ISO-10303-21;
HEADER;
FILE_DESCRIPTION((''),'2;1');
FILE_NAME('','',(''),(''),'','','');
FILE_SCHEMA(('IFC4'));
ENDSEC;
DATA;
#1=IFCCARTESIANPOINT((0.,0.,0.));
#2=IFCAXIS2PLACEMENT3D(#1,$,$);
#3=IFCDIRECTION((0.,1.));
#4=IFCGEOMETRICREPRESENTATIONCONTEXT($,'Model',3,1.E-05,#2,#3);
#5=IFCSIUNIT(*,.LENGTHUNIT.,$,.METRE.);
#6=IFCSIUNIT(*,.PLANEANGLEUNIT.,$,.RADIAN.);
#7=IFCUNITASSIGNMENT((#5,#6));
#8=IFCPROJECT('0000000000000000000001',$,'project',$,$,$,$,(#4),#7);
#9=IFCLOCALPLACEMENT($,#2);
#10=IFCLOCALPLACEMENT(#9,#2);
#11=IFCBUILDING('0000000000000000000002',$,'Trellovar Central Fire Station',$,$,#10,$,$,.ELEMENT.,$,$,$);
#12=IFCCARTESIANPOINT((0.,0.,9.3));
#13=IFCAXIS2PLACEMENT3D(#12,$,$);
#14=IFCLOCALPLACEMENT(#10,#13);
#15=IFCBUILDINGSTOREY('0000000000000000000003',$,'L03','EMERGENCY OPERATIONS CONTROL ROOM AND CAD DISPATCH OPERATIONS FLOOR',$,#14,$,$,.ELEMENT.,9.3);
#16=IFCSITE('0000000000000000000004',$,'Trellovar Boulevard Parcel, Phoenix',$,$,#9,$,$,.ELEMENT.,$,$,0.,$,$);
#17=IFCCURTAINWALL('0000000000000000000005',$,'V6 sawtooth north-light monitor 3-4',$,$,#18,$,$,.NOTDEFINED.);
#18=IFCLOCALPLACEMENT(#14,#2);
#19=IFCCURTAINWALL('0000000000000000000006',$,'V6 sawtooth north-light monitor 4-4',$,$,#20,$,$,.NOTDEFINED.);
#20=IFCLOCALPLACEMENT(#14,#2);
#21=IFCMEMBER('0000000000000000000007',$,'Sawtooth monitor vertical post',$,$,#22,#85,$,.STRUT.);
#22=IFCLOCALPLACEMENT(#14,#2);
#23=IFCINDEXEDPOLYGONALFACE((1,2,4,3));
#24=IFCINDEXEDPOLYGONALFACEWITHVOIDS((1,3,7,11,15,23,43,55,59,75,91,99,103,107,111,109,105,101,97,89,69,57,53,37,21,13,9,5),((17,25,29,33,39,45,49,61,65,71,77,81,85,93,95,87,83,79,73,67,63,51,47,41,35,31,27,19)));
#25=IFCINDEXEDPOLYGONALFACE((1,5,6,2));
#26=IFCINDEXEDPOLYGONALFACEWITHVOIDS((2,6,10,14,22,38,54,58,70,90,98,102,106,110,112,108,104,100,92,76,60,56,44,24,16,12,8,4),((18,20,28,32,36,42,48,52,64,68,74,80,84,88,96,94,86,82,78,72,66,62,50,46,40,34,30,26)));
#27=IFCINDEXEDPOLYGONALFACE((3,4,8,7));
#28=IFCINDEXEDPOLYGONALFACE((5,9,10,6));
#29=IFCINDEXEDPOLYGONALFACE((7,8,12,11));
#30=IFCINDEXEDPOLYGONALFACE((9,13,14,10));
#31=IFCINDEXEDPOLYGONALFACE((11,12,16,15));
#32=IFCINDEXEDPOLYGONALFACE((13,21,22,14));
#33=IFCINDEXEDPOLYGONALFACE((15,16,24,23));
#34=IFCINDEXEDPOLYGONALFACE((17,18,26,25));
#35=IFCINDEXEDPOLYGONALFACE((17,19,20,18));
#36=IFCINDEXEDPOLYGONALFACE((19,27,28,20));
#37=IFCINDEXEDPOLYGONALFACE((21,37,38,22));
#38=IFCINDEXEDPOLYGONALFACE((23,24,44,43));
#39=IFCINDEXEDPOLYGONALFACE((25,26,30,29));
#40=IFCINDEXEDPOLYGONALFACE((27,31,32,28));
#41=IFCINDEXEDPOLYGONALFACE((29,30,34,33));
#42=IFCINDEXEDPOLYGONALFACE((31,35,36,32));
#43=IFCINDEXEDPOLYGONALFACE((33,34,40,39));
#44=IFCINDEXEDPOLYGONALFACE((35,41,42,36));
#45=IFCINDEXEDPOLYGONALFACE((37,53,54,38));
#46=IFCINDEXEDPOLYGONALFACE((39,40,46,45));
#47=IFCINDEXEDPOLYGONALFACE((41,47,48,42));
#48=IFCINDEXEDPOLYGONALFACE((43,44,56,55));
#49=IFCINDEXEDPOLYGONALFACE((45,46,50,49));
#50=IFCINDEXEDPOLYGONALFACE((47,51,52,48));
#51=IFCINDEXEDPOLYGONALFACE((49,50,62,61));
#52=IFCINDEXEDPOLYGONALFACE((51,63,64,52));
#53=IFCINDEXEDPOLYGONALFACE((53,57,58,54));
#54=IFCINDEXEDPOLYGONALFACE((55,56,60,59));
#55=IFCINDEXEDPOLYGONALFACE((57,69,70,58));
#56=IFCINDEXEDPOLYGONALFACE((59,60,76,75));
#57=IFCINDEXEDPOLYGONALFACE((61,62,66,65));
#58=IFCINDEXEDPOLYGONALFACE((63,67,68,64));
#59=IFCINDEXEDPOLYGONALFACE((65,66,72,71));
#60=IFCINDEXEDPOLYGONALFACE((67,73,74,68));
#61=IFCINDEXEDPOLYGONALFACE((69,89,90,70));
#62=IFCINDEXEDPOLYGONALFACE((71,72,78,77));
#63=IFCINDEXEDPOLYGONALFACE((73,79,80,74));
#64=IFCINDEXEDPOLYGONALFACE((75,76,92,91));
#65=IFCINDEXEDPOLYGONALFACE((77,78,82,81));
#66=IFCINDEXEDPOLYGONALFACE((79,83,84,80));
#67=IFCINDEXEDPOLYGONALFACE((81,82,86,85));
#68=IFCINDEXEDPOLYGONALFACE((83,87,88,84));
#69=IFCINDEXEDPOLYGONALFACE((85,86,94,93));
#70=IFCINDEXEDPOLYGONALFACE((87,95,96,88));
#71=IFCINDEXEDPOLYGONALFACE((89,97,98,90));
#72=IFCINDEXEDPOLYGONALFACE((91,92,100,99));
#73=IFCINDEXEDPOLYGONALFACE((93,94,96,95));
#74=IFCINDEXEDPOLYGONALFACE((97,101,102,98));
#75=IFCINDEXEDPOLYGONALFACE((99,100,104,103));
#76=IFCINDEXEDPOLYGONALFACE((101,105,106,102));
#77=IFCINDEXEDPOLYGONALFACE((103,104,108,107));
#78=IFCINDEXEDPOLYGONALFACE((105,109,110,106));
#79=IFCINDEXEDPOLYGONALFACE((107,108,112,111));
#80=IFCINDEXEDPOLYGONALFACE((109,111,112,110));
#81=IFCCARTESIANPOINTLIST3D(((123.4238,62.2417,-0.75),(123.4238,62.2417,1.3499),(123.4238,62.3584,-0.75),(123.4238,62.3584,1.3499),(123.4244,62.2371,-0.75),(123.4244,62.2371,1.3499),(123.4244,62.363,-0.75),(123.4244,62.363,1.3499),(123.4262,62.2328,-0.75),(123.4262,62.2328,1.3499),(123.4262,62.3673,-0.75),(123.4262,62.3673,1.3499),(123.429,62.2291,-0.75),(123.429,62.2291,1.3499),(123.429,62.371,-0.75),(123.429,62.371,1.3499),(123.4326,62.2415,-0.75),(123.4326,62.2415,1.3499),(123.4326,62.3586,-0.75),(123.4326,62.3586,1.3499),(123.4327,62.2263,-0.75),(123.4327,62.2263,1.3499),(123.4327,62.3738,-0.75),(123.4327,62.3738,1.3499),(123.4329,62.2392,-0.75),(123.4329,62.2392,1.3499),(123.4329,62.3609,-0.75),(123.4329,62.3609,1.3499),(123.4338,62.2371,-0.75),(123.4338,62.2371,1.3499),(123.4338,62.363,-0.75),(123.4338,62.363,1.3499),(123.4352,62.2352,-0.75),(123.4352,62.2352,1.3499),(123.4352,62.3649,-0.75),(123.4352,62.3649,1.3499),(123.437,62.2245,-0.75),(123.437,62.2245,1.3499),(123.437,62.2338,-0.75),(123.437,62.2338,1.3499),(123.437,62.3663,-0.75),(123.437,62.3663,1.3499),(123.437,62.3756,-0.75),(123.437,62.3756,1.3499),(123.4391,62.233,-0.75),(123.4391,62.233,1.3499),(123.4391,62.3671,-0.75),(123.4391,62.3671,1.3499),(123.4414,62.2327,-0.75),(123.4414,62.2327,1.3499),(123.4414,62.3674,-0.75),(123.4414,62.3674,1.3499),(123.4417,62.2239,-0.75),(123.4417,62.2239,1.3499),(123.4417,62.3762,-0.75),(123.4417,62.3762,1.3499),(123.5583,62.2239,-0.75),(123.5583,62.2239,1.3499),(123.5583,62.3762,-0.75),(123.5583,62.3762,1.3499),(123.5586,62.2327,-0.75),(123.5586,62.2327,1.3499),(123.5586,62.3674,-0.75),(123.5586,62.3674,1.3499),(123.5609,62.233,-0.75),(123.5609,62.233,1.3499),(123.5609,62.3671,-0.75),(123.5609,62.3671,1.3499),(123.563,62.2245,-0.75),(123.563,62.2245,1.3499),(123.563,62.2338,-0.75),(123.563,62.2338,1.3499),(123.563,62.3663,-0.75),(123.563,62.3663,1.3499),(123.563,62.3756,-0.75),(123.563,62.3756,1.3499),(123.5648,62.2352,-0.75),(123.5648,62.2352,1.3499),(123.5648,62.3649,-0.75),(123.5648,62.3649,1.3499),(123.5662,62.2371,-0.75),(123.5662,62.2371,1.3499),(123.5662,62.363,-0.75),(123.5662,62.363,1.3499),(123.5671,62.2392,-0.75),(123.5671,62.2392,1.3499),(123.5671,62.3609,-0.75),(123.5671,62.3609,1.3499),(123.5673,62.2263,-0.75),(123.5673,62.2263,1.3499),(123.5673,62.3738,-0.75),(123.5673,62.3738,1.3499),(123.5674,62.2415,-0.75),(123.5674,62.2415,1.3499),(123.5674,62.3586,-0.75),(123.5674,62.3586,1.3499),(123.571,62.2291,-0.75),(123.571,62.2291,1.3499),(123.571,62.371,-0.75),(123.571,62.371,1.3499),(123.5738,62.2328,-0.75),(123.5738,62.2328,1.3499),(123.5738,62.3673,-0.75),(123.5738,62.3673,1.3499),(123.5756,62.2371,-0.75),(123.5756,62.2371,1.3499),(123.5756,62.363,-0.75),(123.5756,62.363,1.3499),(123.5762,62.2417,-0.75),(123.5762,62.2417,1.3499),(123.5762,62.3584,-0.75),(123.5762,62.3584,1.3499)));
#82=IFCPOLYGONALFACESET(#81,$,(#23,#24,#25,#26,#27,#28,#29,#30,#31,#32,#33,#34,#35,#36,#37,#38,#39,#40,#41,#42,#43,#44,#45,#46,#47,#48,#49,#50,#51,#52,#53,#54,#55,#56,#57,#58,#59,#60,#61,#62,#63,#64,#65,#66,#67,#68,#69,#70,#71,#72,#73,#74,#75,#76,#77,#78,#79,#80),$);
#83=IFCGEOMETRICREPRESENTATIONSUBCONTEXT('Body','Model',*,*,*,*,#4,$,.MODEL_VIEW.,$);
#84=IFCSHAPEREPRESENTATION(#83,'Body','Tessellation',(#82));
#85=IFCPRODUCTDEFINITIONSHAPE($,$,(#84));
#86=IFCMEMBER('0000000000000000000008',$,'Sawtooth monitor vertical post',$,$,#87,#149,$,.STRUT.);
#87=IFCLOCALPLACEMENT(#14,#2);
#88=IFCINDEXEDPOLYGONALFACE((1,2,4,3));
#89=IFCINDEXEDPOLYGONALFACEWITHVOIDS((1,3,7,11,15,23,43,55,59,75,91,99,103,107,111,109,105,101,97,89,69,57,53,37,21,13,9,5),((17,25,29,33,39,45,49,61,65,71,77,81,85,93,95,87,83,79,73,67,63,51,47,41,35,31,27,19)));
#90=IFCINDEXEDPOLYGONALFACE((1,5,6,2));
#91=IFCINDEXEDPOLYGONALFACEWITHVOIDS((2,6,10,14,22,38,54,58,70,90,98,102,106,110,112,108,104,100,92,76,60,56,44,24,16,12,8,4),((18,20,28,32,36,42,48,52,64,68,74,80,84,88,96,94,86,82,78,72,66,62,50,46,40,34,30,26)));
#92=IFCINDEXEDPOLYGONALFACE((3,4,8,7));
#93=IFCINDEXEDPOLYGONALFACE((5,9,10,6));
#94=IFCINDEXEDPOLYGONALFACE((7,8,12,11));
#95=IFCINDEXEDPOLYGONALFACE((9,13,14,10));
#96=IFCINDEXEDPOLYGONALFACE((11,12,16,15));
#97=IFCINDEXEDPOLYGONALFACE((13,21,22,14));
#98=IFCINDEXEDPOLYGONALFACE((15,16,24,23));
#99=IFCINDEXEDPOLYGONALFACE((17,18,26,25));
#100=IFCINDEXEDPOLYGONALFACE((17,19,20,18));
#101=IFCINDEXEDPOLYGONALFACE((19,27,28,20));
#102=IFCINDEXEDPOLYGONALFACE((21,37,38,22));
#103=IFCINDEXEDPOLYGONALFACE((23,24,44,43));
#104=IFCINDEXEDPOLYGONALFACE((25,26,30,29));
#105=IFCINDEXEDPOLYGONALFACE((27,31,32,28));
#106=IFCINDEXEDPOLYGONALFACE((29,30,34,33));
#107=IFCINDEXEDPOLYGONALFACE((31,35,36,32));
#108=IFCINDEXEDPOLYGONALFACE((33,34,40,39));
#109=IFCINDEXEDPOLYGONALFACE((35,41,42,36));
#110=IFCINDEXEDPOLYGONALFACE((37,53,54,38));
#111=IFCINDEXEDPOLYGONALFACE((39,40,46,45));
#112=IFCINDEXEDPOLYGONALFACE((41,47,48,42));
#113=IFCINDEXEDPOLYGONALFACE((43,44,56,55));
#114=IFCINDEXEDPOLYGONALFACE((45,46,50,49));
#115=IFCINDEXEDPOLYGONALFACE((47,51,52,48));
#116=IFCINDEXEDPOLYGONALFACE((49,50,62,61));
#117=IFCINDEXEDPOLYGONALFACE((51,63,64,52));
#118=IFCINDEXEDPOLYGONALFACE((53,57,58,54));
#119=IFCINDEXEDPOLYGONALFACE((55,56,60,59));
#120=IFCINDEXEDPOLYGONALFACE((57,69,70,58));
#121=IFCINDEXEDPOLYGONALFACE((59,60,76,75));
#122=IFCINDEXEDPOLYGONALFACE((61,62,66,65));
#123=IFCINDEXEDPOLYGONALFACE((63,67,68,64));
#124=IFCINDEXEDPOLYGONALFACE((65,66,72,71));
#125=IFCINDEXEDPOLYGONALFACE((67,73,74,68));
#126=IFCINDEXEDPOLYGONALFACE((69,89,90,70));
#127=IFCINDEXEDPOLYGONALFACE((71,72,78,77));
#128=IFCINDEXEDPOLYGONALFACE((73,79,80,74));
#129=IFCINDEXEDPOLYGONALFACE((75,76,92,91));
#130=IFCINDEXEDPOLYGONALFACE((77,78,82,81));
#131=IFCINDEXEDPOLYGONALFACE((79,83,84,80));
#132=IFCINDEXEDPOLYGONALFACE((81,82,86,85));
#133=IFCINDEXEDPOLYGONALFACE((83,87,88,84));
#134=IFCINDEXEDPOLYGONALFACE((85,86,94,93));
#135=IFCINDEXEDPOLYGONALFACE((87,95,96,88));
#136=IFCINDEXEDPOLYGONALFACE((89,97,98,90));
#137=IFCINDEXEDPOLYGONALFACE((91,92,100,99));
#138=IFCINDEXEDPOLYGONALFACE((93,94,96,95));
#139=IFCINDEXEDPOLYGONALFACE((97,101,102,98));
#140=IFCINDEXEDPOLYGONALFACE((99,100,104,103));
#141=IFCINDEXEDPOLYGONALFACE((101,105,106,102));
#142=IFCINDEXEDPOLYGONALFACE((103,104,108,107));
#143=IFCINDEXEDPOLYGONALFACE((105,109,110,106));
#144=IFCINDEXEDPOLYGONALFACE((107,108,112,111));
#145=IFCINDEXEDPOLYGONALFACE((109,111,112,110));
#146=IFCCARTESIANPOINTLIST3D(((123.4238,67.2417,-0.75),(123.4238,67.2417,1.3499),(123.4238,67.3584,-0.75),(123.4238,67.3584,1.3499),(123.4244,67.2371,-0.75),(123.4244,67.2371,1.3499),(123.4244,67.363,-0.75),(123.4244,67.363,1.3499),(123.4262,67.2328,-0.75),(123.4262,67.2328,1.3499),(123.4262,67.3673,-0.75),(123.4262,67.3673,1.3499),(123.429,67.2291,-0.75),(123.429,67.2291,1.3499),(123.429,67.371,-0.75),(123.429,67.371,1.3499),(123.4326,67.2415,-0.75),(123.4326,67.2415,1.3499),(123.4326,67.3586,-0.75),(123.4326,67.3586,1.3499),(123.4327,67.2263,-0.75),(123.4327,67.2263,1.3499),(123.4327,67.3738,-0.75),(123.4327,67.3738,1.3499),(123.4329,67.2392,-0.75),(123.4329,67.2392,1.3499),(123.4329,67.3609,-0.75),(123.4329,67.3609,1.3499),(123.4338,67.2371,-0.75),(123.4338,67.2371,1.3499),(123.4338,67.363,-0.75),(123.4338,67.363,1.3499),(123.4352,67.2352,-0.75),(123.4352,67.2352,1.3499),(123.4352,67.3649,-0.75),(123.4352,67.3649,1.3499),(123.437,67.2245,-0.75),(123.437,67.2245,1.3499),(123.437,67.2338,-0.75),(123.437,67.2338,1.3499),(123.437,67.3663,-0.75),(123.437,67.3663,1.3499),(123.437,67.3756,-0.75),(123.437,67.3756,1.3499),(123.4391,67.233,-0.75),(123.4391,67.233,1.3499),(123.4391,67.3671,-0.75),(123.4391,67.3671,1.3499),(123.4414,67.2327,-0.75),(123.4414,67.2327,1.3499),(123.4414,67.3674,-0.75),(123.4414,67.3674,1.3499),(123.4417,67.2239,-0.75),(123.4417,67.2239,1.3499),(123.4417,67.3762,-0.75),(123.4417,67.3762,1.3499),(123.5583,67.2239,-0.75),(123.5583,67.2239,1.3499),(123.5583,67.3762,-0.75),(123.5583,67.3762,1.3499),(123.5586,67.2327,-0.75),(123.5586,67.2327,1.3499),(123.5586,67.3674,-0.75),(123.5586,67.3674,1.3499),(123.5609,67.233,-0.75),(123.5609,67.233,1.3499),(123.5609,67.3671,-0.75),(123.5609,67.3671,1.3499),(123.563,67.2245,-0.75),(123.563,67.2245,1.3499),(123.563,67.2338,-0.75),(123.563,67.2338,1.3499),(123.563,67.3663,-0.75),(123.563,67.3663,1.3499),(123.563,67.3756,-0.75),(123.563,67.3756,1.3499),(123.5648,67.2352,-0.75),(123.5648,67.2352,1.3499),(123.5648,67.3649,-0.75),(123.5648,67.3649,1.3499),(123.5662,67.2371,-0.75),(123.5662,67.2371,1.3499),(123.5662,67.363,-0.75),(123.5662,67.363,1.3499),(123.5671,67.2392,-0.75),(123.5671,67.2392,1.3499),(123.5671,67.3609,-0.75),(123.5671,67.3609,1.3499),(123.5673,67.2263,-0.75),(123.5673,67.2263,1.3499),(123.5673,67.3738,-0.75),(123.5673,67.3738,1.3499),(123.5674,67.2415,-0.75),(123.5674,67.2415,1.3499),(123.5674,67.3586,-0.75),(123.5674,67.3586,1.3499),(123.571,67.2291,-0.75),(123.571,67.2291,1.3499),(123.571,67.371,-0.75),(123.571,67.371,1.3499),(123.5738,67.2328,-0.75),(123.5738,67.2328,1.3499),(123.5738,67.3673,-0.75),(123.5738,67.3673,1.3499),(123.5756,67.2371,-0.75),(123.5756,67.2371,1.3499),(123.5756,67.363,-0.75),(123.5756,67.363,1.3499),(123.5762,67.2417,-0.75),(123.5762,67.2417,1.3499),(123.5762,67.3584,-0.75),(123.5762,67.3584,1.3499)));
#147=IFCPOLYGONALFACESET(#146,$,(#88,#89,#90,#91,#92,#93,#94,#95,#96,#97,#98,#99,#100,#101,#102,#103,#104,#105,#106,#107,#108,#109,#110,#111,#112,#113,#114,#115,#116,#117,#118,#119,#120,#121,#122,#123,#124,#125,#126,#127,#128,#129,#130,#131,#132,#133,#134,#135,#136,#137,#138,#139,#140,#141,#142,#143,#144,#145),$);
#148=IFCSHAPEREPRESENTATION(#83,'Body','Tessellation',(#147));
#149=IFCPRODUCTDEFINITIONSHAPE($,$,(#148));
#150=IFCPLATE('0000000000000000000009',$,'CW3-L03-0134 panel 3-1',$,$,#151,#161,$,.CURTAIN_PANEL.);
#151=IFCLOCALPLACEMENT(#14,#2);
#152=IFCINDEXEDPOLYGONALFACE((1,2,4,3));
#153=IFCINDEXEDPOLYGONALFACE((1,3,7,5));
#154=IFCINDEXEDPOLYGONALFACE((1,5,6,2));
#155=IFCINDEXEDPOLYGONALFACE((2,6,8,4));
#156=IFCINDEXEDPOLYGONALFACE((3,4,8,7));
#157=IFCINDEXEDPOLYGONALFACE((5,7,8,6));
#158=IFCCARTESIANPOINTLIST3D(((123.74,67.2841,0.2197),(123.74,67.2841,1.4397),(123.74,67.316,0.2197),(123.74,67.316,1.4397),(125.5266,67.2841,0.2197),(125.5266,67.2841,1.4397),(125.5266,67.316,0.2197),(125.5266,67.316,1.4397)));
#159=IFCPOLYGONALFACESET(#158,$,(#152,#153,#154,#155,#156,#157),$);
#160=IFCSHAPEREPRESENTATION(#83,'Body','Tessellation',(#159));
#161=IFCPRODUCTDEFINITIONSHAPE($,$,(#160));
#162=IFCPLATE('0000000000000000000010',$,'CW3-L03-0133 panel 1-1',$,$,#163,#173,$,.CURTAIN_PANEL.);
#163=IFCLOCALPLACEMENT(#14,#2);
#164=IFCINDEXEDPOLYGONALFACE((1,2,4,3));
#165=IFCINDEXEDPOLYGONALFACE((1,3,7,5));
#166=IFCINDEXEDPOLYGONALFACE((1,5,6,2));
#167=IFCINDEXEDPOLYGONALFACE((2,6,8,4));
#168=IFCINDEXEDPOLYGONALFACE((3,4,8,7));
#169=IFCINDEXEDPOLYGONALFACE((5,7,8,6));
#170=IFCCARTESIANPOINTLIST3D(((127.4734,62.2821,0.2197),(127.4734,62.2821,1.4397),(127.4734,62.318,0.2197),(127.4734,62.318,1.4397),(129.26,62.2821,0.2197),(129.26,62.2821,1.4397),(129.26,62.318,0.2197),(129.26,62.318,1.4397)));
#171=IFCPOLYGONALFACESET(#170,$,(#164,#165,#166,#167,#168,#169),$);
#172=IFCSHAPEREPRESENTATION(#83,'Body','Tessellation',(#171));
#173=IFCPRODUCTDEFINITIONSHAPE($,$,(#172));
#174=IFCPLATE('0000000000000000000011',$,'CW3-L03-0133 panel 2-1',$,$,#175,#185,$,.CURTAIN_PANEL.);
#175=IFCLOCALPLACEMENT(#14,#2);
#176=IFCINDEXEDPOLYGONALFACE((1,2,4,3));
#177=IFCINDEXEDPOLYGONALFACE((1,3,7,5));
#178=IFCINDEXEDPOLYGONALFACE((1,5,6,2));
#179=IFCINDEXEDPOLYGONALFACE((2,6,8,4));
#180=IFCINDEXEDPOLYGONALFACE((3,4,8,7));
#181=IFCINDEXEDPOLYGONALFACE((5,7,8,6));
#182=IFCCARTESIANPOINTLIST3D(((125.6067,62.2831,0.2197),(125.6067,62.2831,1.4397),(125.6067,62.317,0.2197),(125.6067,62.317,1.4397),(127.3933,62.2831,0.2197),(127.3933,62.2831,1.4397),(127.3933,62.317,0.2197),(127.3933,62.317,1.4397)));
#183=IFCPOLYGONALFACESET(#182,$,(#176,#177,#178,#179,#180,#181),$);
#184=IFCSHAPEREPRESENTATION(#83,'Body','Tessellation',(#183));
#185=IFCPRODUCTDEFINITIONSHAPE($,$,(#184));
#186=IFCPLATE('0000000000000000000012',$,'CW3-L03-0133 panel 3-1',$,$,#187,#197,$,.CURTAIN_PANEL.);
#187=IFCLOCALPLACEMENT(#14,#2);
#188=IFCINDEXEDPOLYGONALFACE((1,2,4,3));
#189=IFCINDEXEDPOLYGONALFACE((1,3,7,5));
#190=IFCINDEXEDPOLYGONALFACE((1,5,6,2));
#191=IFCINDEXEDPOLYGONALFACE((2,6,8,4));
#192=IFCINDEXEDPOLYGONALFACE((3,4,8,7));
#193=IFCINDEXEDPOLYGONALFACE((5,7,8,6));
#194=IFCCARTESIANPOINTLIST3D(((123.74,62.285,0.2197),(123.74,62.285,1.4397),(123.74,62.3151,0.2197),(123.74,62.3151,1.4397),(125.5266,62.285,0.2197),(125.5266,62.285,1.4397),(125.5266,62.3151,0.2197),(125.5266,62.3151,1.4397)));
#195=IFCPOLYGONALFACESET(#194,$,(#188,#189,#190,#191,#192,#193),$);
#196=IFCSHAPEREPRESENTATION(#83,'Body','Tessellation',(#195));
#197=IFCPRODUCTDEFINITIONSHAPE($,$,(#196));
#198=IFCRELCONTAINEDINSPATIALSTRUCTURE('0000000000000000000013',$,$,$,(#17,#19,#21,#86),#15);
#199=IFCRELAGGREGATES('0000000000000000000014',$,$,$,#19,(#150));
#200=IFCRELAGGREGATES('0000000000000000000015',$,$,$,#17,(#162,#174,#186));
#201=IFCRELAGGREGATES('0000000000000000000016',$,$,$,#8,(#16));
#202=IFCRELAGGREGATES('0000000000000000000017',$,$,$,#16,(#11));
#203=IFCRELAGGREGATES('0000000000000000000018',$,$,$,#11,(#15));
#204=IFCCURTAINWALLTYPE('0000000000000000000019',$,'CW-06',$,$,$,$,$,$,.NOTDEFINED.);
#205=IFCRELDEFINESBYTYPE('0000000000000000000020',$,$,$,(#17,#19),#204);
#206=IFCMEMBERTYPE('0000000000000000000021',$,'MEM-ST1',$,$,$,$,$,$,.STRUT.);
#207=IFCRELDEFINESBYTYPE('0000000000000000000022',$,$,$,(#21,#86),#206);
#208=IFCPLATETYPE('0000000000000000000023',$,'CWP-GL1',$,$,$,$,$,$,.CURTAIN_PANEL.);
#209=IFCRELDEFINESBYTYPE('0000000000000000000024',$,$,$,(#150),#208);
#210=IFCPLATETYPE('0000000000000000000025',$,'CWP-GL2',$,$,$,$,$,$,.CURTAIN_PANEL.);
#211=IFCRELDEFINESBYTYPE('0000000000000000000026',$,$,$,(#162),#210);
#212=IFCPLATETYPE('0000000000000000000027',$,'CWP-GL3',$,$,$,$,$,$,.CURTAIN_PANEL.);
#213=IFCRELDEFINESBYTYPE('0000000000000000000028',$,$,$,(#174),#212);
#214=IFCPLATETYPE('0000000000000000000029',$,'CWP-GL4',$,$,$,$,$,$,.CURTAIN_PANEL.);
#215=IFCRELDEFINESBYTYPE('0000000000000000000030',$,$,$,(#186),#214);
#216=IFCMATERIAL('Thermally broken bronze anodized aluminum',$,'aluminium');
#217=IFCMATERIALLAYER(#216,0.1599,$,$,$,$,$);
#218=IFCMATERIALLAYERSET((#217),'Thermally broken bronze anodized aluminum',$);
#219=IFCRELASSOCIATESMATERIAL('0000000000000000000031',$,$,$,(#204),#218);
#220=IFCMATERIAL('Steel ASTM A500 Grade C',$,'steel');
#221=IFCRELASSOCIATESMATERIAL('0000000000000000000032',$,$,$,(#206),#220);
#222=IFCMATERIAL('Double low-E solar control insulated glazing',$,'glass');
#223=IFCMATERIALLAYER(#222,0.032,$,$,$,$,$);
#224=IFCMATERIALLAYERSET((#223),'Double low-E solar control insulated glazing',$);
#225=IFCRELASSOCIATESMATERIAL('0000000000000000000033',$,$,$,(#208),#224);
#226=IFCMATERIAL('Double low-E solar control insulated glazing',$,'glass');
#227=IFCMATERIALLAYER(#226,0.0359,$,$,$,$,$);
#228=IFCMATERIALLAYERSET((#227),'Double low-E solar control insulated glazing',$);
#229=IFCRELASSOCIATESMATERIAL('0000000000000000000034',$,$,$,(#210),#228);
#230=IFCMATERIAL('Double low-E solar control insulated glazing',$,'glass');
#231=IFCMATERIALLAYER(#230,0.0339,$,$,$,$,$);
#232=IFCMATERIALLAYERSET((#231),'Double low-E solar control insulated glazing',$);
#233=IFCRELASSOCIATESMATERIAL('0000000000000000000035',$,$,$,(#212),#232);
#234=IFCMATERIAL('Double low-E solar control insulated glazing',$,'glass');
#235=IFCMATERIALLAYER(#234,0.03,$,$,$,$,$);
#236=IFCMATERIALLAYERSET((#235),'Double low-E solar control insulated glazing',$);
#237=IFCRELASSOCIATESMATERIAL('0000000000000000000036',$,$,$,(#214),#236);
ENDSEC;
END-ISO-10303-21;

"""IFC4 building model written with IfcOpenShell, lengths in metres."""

from ifc_helpers import new_model, si_unit, direction, frame, origin, origin_2d, place, context, subcontext, project, spatial, rectangle, hollow_rectangle, extrude, material, layer, layer_set, material_profile, profile_set, type_object, element, aggregate, save


model = new_model("IFC4")

# Units and contexts
model_context = context("Model", 3, precision=1e-05, world=origin(), true_north=direction((0.0, 1.0)))
body_context = subcontext(model_context, "Body", "Model", "MODEL_VIEW")
ifc_project = project(units=[si_unit("LENGTHUNIT", "METRE"), si_unit("PLANEANGLEUNIT", "RADIAN")], contexts=[model_context])

# Site, building, storey
site_placement = place(None, origin())
site = spatial("IfcSite", under=ifc_project, at=site_placement, Name="Trellovar Boulevard Parcel, Phoenix", CompositionType="ELEMENT", RefElevation=0.0)
building_placement = place(site_placement, origin())
building = spatial("IfcBuilding", under=site, at=building_placement, Name="Trellovar Central Fire Station", CompositionType="ELEMENT")
storey_placement = place(building_placement, frame((0.0, 0.0, 9.3)))
storey = spatial("IfcBuildingStorey", under=building, at=storey_placement, Name="L03", Description="EMERGENCY OPERATIONS CONTROL ROOM AND CAD DISPATCH OPERATIONS FLOOR", CompositionType="ELEMENT", Elevation=9.3)

# Curtain walls
ifc_material_1 = material(Name="Thermally broken bronze anodized aluminum", Category="aluminium")
ifc_layer_1 = layer(ifc_material_1, 0.1599)
ifc_layer_set_1 = layer_set([ifc_layer_1], Name="Thermally broken bronze anodized aluminum")
curtain_wall_type = type_object("IfcCurtainWallType", Name="CW-06", PredefinedType="NOTDEFINED", material=ifc_layer_set_1)
curtain_wall_1_placement = place(storey_placement, origin())
curtain_wall_1 = element("IfcCurtainWall", 1, at=curtain_wall_1_placement, inside=storey, type_object=curtain_wall_type, Name="V6 sawtooth north-light monitor 3-4", PredefinedType="NOTDEFINED")
curtain_wall_2_placement = place(storey_placement, origin())
curtain_wall_2 = element("IfcCurtainWall", 2, at=curtain_wall_2_placement, inside=storey, type_object=curtain_wall_type, Name="V6 sawtooth north-light monitor 4-4", PredefinedType="NOTDEFINED")

# Members
ifc_material_2 = material(Name="Steel ASTM A500 Grade C", Category="steel")
ifc_material_profile_1 = material_profile(ifc_material_2, hollow_rectangle(XDim=0.1523, YDim=0.1523, WallThickness=0.0088, InnerFilletRadius=0.0088, OuterFilletRadius=0.0178, at=origin_2d()), Name="HSS6X6X3/8")
ifc_profile_set_1 = profile_set([ifc_material_profile_1], Name="Steel ASTM A500 Grade C")
member_type_1 = type_object("IfcMemberType", Name="MEM-ST1", PredefinedType="STRUT", material=ifc_profile_set_1)
for number, where, z_axis, x_axis, name in (
    (3, (123.5, 62.3, -0.75), (0.0, 0.0, 1.0), (1.0, 0.0, 0.0), "Sawtooth monitor vertical post"),
    (4, (123.5, 67.3, -0.75), (0.0, 0.0, 1.0), (1.0, 0.0, 0.0), "Sawtooth monitor vertical post"),
):
    element("IfcMember", number, at=place(storey_placement, frame(where, z_axis=z_axis, x_axis=x_axis)), inside=storey, type_object=member_type_1, Name=name, PredefinedType="STRUT", context=body_context, shape_type="SweptSolid", body=[
        extrude(hollow_rectangle(XDim=0.1523, YDim=0.1523, WallThickness=0.0088, InnerFilletRadius=0.0088, OuterFilletRadius=0.0178, at=origin_2d()), origin(), (0.0, 0.0, 1.0), 2.0999),
    ])

# Plates
ifc_material_3 = material(Name="Double low-E solar control insulated glazing", Category="glass")
ifc_layer_2 = layer(ifc_material_3, 0.032)
ifc_layer_set_2 = layer_set([ifc_layer_2], Name="Double low-E solar control insulated glazing")
plate_type_1 = type_object("IfcPlateType", Name="CWP-GL1", PredefinedType="CURTAIN_PANEL", material=ifc_layer_set_2)
plate_1_placement = place(storey_placement, frame((124.6333, 67.3, 0.2197), z_axis=(0.0, 0.0, 1.0), x_axis=(-1.0, 0.0, 0.0)))
plate_1 = element("IfcPlate", 5, at=plate_1_placement, type_object=plate_type_1, Name="CW3-L03-0134 panel 3-1", PredefinedType="CURTAIN_PANEL", context=body_context, shape_type="SweptSolid", body=[
    extrude(rectangle(XDim=1.7866, YDim=0.032, at=origin_2d()), origin(), (0.0, 0.0, 1.0), 1.22),
])
aggregate(curtain_wall_2, [plate_1])
ifc_material_4 = material(Name="Double low-E solar control insulated glazing", Category="glass")
ifc_layer_3 = layer(ifc_material_4, 0.0359)
ifc_layer_set_3 = layer_set([ifc_layer_3], Name="Double low-E solar control insulated glazing")
plate_type_2 = type_object("IfcPlateType", Name="CWP-GL2", PredefinedType="CURTAIN_PANEL", material=ifc_layer_set_3)
plate_2_placement = place(storey_placement, frame((128.3667, 62.3, 0.2197), z_axis=(0.0, 0.0, 1.0), x_axis=(-1.0, 0.0, 0.0)))
plate_2 = element("IfcPlate", 6, at=plate_2_placement, type_object=plate_type_2, Name="CW3-L03-0133 panel 1-1", PredefinedType="CURTAIN_PANEL", context=body_context, shape_type="SweptSolid", body=[
    extrude(rectangle(XDim=1.7866, YDim=0.0359, at=origin_2d()), origin(), (0.0, 0.0, 1.0), 1.22),
])
ifc_material_5 = material(Name="Double low-E solar control insulated glazing", Category="glass")
ifc_layer_4 = layer(ifc_material_5, 0.0339)
ifc_layer_set_4 = layer_set([ifc_layer_4], Name="Double low-E solar control insulated glazing")
plate_type_3 = type_object("IfcPlateType", Name="CWP-GL3", PredefinedType="CURTAIN_PANEL", material=ifc_layer_set_4)
plate_3_placement = place(storey_placement, frame((126.5, 62.3, 0.2197), z_axis=(0.0, 0.0, 1.0), x_axis=(-1.0, 0.0, 0.0)))
plate_3 = element("IfcPlate", 7, at=plate_3_placement, type_object=plate_type_3, Name="CW3-L03-0133 panel 2-1", PredefinedType="CURTAIN_PANEL", context=body_context, shape_type="SweptSolid", body=[
    extrude(rectangle(XDim=1.7866, YDim=0.0339, at=origin_2d()), origin(), (0.0, 0.0, 1.0), 1.22),
])
ifc_material_6 = material(Name="Double low-E solar control insulated glazing", Category="glass")
ifc_layer_5 = layer(ifc_material_6, 0.03)
ifc_layer_set_5 = layer_set([ifc_layer_5], Name="Double low-E solar control insulated glazing")
plate_type_4 = type_object("IfcPlateType", Name="CWP-GL4", PredefinedType="CURTAIN_PANEL", material=ifc_layer_set_5)
plate_4_placement = place(storey_placement, frame((124.6333, 62.3, 0.2197), z_axis=(0.0, 0.0, 1.0), x_axis=(-1.0, 0.0, 0.0)))
plate_4 = element("IfcPlate", 8, at=plate_4_placement, type_object=plate_type_4, Name="CW3-L03-0133 panel 3-1", PredefinedType="CURTAIN_PANEL", context=body_context, shape_type="SweptSolid", body=[
    extrude(rectangle(XDim=1.7866, YDim=0.03, at=origin_2d()), origin(), (0.0, 0.0, 1.0), 1.22),
])
aggregate(curtain_wall_1, [plate_2, plate_3, plate_4])

save(model, "model.ifc")
